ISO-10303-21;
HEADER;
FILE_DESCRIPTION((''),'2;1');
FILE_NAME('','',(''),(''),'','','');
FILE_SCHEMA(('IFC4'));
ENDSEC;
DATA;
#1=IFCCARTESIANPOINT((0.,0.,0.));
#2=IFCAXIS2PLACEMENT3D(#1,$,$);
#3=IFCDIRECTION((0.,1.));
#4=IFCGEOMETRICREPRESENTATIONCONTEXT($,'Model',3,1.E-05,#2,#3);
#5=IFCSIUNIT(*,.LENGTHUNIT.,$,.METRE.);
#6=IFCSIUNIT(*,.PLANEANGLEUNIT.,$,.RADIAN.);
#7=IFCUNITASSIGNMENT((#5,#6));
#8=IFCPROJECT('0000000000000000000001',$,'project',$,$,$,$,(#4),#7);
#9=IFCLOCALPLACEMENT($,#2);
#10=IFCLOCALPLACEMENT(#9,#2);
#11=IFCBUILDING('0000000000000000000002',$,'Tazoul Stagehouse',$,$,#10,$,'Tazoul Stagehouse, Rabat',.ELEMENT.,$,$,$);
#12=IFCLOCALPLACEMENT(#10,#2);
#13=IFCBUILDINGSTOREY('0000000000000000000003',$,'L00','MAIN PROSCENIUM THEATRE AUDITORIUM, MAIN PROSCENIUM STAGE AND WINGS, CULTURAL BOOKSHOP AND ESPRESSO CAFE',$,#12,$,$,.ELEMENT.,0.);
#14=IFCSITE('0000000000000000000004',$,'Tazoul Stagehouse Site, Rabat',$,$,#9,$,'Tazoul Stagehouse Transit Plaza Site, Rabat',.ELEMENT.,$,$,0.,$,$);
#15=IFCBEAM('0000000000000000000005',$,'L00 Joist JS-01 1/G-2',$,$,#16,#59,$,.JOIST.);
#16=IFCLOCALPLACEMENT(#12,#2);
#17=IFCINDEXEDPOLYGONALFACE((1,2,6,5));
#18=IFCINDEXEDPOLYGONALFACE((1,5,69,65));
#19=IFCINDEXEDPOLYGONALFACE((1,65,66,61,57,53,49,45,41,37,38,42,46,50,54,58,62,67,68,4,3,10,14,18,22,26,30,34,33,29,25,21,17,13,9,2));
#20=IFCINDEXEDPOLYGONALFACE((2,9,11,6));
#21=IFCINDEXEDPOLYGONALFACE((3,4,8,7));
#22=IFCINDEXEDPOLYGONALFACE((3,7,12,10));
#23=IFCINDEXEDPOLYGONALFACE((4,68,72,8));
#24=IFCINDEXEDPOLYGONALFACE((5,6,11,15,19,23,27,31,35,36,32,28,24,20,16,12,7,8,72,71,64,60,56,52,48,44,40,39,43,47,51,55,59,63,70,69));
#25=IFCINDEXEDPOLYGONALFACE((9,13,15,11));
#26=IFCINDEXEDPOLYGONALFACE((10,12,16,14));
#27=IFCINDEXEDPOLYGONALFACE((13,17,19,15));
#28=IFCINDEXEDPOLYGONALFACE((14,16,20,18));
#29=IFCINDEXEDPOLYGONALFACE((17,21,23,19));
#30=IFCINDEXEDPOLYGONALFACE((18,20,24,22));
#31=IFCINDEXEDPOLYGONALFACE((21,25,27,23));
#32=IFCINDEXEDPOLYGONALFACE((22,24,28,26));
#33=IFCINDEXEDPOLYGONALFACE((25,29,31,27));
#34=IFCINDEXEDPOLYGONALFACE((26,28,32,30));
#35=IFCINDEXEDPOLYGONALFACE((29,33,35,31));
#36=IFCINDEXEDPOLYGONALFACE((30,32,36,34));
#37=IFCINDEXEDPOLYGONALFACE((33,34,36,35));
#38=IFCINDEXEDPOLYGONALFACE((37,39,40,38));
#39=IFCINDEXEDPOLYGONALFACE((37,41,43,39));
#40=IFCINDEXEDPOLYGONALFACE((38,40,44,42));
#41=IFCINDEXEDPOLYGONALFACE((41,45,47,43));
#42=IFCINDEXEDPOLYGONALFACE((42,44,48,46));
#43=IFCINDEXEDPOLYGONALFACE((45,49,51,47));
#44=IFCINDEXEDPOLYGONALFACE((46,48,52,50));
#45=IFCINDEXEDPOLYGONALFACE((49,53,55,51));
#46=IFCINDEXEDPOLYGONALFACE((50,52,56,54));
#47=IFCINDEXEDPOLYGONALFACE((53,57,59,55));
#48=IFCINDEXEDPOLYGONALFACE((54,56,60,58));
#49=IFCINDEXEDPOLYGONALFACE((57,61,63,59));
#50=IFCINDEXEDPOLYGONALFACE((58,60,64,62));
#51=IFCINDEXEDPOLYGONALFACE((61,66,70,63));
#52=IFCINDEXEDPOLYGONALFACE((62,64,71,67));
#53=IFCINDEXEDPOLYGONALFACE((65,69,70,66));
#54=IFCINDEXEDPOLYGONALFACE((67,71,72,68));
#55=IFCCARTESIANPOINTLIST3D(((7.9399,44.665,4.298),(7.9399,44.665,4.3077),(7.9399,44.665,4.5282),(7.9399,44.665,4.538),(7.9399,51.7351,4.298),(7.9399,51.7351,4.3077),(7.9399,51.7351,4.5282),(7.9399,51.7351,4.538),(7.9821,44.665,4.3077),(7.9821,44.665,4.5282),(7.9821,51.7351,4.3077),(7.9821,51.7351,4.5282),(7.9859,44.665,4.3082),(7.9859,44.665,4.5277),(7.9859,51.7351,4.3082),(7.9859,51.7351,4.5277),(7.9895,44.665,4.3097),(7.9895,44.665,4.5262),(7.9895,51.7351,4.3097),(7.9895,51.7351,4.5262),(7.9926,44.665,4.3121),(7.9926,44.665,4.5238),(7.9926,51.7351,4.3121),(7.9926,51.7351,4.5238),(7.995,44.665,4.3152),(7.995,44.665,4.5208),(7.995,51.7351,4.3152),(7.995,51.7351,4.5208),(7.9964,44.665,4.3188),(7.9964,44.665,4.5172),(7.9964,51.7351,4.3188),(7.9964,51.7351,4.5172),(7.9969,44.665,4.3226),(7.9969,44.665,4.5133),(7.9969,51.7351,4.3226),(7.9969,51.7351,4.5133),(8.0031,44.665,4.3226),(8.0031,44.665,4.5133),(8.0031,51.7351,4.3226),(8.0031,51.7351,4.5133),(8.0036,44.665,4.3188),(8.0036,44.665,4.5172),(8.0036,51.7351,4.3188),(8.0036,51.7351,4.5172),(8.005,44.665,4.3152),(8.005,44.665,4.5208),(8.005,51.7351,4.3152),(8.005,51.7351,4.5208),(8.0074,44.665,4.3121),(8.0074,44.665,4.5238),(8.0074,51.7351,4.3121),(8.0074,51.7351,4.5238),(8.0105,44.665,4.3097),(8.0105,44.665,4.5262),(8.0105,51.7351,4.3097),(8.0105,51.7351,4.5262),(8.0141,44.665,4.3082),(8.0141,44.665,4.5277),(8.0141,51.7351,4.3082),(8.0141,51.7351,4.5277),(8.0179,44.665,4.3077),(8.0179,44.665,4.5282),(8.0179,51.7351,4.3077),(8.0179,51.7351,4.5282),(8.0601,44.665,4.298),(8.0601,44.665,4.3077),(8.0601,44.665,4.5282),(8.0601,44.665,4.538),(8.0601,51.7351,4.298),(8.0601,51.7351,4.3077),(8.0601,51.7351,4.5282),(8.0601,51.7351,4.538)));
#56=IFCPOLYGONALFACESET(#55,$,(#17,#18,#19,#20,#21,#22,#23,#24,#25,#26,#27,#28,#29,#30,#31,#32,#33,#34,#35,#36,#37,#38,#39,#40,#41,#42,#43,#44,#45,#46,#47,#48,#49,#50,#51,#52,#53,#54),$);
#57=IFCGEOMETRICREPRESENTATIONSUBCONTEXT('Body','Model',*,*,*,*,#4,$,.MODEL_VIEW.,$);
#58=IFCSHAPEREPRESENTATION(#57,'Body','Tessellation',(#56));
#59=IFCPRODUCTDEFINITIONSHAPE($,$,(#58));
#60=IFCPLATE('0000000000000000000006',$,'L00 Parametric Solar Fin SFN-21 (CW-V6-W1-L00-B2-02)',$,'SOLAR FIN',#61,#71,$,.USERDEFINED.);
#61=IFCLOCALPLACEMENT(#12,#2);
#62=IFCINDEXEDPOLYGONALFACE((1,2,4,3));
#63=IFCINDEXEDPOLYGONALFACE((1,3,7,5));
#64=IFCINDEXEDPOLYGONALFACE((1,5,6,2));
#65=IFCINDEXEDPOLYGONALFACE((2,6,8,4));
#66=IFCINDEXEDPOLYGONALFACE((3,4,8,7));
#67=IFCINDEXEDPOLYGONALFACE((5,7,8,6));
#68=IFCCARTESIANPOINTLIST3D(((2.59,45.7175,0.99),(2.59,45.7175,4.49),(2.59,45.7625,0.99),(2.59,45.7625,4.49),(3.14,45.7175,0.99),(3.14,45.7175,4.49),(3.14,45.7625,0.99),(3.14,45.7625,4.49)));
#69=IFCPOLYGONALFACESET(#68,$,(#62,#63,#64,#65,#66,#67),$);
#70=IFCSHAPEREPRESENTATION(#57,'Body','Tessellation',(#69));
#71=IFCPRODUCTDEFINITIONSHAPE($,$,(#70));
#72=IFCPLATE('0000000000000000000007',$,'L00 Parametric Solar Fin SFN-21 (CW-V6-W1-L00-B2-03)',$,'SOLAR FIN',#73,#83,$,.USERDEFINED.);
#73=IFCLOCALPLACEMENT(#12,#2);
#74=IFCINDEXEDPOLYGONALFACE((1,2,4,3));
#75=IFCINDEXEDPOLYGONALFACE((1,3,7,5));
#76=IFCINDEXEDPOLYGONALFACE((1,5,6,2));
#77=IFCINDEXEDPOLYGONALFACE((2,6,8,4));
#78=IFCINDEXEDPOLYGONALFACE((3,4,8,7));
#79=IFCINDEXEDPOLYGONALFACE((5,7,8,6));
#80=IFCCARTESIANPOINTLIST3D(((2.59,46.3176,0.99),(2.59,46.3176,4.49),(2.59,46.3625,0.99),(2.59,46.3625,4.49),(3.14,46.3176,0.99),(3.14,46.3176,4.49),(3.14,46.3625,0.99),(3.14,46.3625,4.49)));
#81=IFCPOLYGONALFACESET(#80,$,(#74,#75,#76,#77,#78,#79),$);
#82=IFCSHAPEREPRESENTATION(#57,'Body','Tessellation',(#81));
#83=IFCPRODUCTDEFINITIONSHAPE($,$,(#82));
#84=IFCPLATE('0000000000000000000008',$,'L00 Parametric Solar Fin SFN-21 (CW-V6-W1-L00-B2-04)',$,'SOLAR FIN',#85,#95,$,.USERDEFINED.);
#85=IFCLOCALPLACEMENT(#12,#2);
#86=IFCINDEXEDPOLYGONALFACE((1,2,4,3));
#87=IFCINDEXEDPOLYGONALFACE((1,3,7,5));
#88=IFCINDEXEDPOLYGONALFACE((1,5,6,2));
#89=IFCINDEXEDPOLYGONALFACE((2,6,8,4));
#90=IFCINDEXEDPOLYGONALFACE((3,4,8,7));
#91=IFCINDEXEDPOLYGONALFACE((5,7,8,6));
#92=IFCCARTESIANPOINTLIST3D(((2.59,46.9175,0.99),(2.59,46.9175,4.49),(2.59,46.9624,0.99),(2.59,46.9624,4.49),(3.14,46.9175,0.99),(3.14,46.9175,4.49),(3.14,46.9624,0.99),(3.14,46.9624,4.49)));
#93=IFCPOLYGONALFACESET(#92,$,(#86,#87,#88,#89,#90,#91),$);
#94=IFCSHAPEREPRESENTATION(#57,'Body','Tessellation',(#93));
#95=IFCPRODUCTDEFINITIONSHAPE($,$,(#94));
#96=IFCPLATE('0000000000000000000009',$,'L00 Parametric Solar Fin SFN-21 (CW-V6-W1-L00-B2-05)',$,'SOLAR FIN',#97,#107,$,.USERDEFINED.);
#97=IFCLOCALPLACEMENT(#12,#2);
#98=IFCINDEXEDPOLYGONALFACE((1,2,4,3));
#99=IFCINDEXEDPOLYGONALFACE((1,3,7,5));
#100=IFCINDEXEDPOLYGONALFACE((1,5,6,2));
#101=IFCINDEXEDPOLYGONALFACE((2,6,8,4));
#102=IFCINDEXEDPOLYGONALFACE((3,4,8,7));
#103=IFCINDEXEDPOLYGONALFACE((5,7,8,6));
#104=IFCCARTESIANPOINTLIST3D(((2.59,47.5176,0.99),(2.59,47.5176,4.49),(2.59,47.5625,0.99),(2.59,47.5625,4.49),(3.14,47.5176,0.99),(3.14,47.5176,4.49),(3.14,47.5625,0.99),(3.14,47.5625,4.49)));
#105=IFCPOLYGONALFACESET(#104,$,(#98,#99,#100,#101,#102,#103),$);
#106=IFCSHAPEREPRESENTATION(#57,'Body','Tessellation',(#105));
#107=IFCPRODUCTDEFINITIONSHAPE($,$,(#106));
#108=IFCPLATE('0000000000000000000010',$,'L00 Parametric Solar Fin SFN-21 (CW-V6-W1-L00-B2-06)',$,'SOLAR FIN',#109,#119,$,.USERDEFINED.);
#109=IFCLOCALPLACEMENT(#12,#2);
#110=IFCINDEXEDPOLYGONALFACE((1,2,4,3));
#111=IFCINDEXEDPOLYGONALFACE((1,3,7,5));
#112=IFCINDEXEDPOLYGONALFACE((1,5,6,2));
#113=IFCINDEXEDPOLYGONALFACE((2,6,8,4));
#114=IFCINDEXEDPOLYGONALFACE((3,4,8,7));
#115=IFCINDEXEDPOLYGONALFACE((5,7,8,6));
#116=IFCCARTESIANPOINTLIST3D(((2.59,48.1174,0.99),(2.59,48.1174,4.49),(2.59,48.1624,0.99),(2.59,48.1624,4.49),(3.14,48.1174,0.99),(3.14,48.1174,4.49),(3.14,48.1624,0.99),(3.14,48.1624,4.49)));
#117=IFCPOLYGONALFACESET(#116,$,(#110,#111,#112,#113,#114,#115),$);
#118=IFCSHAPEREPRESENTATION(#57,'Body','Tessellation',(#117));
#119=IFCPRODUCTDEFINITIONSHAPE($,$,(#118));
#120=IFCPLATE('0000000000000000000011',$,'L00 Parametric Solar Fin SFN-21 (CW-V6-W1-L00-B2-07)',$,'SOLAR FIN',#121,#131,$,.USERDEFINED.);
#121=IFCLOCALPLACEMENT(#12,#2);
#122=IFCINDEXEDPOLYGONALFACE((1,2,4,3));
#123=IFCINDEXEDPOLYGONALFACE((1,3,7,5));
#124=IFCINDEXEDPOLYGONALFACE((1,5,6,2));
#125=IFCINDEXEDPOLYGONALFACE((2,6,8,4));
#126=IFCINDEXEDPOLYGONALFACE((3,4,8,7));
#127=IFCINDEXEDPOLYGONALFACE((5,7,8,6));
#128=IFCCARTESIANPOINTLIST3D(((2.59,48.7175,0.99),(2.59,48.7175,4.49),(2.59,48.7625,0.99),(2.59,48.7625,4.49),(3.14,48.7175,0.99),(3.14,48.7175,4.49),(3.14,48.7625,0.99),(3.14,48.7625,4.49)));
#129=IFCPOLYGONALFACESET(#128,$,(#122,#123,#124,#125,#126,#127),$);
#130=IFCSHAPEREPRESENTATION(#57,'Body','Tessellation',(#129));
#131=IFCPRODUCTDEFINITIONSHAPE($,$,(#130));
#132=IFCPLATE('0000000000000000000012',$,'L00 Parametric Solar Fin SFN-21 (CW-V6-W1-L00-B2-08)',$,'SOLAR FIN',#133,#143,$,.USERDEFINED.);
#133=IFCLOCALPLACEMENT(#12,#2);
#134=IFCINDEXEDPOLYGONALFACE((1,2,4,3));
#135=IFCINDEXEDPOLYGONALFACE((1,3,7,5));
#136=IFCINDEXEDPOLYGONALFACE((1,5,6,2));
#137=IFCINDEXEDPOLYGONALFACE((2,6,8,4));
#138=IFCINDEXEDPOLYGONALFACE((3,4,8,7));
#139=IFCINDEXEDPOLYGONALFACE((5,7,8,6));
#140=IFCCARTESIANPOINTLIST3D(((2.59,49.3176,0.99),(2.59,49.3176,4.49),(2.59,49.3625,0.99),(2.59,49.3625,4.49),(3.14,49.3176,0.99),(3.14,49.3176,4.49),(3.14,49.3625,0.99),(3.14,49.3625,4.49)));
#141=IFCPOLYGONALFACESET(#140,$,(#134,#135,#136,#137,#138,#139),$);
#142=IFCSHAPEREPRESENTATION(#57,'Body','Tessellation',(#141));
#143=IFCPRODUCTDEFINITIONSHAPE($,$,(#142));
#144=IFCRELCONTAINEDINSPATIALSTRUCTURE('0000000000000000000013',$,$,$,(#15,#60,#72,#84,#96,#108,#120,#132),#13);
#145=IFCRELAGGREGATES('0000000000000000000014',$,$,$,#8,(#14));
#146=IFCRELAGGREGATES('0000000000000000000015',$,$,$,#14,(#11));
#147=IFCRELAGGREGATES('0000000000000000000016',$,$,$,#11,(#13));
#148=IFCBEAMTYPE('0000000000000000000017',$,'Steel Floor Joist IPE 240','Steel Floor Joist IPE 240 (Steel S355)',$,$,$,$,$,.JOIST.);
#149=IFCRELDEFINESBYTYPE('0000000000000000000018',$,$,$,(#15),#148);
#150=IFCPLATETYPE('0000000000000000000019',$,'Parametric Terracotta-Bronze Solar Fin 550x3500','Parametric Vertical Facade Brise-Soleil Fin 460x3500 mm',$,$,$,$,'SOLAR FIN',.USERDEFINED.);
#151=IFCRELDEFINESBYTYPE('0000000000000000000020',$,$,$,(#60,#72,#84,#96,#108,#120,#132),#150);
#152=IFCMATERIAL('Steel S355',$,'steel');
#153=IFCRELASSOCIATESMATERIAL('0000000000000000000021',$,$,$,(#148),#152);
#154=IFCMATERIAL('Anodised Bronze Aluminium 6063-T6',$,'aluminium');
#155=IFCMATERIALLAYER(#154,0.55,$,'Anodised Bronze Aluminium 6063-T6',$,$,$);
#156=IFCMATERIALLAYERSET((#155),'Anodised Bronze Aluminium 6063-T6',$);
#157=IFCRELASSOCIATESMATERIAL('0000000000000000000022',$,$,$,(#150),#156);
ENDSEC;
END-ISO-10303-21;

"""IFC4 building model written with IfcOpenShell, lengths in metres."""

from ifc_helpers import new_model, si_unit, direction, frame, origin, origin_2d, place, context, subcontext, project, spatial, rectangle, i_section, extrude, material, layer, layer_set, material_profile, profile_set, type_object, element, save


model = new_model("IFC4")

# Units and contexts
model_context = context("Model", 3, precision=1e-05, world=origin(), true_north=direction((0.0, 1.0)))
body_context = subcontext(model_context, "Body", "Model", "MODEL_VIEW")
ifc_project = project(units=[si_unit("LENGTHUNIT", "METRE"), si_unit("PLANEANGLEUNIT", "RADIAN")], contexts=[model_context])

# Site, building, storey
site_placement = place(None, origin())
site = spatial("IfcSite", under=ifc_project, at=site_placement, Name="Tazoul Stagehouse Site, Rabat", LongName="Tazoul Stagehouse Transit Plaza Site, Rabat", CompositionType="ELEMENT", RefElevation=0.0)
building_placement = place(site_placement, origin())
building = spatial("IfcBuilding", under=site, at=building_placement, Name="Tazoul Stagehouse", LongName="Tazoul Stagehouse, Rabat", CompositionType="ELEMENT")
storey_placement = place(building_placement, origin())
storey = spatial("IfcBuildingStorey", under=building, at=storey_placement, Name="L00", Description="MAIN PROSCENIUM THEATRE AUDITORIUM, MAIN PROSCENIUM STAGE AND WINGS, CULTURAL BOOKSHOP AND ESPRESSO CAFE", CompositionType="ELEMENT", Elevation=0.0)

# Beam
ifc_material_1 = material(Name="Steel S355", Category="steel")
ifc_material_profile = material_profile(ifc_material_1, i_section(OverallWidth=0.1201, OverallDepth=0.24, WebThickness=0.0061, FlangeThickness=0.0098, FilletRadius=0.0149, at=origin_2d()), Name="IPE 240")
ifc_profile_set = profile_set([ifc_material_profile], Name="Steel S355")
beam_type = type_object("IfcBeamType", Name="Steel Floor Joist IPE 240", Description="Steel Floor Joist IPE 240 (Steel S355)", PredefinedType="JOIST", material=ifc_profile_set)
beam_placement = place(storey_placement, frame((8.0, 44.665, 4.418), z_axis=(0.0, 1.0, 0.0), x_axis=(-1.0, 0.0, 0.0)))
element("IfcBeam", 1, at=beam_placement, inside=storey, type_object=beam_type, Name="L00 Joist JS-01 1/G-2", PredefinedType="JOIST", context=body_context, shape_type="SweptSolid", body=[
    extrude(i_section(OverallWidth=0.1201, OverallDepth=0.24, WebThickness=0.0061, FlangeThickness=0.0098, FilletRadius=0.0149, at=origin_2d()), origin(), (0.0, 0.0, 1.0), 7.0701),
])

# Plates
ifc_material_2 = material(Name="Anodised Bronze Aluminium 6063-T6", Category="aluminium")
ifc_layer = layer(ifc_material_2, 0.55, Name="Anodised Bronze Aluminium 6063-T6")
ifc_layer_set = layer_set([ifc_layer], Name="Anodised Bronze Aluminium 6063-T6")
plate_type = type_object("IfcPlateType", Name="Parametric Terracotta-Bronze Solar Fin 550x3500", Description="Parametric Vertical Facade Brise-Soleil Fin 460x3500 mm", ElementType="SOLAR FIN", PredefinedType="USERDEFINED", material=ifc_layer_set)
for number, where, z_axis, x_axis, name in (
    (2, (2.865, 45.74, 0.99), (0.0, 0.0, 1.0), (0.0, 1.0, 0.0), "L00 Parametric Solar Fin SFN-21 (CW-V6-W1-L00-B2-02)"),
    (3, (2.865, 46.3401, 0.99), (0.0, 0.0, 1.0), (0.0, 1.0, 0.0), "L00 Parametric Solar Fin SFN-21 (CW-V6-W1-L00-B2-03)"),
    (4, (2.865, 46.9399, 0.99), (0.0, 0.0, 1.0), (0.0, 1.0, 0.0), "L00 Parametric Solar Fin SFN-21 (CW-V6-W1-L00-B2-04)"),
    (5, (2.865, 47.54, 0.99), (0.0, 0.0, 1.0), (0.0, 1.0, 0.0), "L00 Parametric Solar Fin SFN-21 (CW-V6-W1-L00-B2-05)"),
    (6, (2.865, 48.1399, 0.99), (0.0, 0.0, 1.0), (0.0, 1.0, 0.0), "L00 Parametric Solar Fin SFN-21 (CW-V6-W1-L00-B2-06)"),
    (7, (2.865, 48.74, 0.99), (0.0, 0.0, 1.0), (0.0, 1.0, 0.0), "L00 Parametric Solar Fin SFN-21 (CW-V6-W1-L00-B2-07)"),
    (8, (2.865, 49.3401, 0.99), (0.0, 0.0, 1.0), (0.0, 1.0, 0.0), "L00 Parametric Solar Fin SFN-21 (CW-V6-W1-L00-B2-08)"),
):
    element("IfcPlate", number, at=place(storey_placement, frame(where, z_axis=z_axis, x_axis=x_axis)), inside=storey, type_object=plate_type, Name=name, ObjectType="SOLAR FIN", PredefinedType="USERDEFINED", context=body_context, shape_type="SweptSolid", body=[
        extrude(rectangle(XDim=0.0449, YDim=0.55, at=origin_2d()), origin(), (0.0, 0.0, 1.0), 3.5),
    ])

save(model, "model.ifc")
